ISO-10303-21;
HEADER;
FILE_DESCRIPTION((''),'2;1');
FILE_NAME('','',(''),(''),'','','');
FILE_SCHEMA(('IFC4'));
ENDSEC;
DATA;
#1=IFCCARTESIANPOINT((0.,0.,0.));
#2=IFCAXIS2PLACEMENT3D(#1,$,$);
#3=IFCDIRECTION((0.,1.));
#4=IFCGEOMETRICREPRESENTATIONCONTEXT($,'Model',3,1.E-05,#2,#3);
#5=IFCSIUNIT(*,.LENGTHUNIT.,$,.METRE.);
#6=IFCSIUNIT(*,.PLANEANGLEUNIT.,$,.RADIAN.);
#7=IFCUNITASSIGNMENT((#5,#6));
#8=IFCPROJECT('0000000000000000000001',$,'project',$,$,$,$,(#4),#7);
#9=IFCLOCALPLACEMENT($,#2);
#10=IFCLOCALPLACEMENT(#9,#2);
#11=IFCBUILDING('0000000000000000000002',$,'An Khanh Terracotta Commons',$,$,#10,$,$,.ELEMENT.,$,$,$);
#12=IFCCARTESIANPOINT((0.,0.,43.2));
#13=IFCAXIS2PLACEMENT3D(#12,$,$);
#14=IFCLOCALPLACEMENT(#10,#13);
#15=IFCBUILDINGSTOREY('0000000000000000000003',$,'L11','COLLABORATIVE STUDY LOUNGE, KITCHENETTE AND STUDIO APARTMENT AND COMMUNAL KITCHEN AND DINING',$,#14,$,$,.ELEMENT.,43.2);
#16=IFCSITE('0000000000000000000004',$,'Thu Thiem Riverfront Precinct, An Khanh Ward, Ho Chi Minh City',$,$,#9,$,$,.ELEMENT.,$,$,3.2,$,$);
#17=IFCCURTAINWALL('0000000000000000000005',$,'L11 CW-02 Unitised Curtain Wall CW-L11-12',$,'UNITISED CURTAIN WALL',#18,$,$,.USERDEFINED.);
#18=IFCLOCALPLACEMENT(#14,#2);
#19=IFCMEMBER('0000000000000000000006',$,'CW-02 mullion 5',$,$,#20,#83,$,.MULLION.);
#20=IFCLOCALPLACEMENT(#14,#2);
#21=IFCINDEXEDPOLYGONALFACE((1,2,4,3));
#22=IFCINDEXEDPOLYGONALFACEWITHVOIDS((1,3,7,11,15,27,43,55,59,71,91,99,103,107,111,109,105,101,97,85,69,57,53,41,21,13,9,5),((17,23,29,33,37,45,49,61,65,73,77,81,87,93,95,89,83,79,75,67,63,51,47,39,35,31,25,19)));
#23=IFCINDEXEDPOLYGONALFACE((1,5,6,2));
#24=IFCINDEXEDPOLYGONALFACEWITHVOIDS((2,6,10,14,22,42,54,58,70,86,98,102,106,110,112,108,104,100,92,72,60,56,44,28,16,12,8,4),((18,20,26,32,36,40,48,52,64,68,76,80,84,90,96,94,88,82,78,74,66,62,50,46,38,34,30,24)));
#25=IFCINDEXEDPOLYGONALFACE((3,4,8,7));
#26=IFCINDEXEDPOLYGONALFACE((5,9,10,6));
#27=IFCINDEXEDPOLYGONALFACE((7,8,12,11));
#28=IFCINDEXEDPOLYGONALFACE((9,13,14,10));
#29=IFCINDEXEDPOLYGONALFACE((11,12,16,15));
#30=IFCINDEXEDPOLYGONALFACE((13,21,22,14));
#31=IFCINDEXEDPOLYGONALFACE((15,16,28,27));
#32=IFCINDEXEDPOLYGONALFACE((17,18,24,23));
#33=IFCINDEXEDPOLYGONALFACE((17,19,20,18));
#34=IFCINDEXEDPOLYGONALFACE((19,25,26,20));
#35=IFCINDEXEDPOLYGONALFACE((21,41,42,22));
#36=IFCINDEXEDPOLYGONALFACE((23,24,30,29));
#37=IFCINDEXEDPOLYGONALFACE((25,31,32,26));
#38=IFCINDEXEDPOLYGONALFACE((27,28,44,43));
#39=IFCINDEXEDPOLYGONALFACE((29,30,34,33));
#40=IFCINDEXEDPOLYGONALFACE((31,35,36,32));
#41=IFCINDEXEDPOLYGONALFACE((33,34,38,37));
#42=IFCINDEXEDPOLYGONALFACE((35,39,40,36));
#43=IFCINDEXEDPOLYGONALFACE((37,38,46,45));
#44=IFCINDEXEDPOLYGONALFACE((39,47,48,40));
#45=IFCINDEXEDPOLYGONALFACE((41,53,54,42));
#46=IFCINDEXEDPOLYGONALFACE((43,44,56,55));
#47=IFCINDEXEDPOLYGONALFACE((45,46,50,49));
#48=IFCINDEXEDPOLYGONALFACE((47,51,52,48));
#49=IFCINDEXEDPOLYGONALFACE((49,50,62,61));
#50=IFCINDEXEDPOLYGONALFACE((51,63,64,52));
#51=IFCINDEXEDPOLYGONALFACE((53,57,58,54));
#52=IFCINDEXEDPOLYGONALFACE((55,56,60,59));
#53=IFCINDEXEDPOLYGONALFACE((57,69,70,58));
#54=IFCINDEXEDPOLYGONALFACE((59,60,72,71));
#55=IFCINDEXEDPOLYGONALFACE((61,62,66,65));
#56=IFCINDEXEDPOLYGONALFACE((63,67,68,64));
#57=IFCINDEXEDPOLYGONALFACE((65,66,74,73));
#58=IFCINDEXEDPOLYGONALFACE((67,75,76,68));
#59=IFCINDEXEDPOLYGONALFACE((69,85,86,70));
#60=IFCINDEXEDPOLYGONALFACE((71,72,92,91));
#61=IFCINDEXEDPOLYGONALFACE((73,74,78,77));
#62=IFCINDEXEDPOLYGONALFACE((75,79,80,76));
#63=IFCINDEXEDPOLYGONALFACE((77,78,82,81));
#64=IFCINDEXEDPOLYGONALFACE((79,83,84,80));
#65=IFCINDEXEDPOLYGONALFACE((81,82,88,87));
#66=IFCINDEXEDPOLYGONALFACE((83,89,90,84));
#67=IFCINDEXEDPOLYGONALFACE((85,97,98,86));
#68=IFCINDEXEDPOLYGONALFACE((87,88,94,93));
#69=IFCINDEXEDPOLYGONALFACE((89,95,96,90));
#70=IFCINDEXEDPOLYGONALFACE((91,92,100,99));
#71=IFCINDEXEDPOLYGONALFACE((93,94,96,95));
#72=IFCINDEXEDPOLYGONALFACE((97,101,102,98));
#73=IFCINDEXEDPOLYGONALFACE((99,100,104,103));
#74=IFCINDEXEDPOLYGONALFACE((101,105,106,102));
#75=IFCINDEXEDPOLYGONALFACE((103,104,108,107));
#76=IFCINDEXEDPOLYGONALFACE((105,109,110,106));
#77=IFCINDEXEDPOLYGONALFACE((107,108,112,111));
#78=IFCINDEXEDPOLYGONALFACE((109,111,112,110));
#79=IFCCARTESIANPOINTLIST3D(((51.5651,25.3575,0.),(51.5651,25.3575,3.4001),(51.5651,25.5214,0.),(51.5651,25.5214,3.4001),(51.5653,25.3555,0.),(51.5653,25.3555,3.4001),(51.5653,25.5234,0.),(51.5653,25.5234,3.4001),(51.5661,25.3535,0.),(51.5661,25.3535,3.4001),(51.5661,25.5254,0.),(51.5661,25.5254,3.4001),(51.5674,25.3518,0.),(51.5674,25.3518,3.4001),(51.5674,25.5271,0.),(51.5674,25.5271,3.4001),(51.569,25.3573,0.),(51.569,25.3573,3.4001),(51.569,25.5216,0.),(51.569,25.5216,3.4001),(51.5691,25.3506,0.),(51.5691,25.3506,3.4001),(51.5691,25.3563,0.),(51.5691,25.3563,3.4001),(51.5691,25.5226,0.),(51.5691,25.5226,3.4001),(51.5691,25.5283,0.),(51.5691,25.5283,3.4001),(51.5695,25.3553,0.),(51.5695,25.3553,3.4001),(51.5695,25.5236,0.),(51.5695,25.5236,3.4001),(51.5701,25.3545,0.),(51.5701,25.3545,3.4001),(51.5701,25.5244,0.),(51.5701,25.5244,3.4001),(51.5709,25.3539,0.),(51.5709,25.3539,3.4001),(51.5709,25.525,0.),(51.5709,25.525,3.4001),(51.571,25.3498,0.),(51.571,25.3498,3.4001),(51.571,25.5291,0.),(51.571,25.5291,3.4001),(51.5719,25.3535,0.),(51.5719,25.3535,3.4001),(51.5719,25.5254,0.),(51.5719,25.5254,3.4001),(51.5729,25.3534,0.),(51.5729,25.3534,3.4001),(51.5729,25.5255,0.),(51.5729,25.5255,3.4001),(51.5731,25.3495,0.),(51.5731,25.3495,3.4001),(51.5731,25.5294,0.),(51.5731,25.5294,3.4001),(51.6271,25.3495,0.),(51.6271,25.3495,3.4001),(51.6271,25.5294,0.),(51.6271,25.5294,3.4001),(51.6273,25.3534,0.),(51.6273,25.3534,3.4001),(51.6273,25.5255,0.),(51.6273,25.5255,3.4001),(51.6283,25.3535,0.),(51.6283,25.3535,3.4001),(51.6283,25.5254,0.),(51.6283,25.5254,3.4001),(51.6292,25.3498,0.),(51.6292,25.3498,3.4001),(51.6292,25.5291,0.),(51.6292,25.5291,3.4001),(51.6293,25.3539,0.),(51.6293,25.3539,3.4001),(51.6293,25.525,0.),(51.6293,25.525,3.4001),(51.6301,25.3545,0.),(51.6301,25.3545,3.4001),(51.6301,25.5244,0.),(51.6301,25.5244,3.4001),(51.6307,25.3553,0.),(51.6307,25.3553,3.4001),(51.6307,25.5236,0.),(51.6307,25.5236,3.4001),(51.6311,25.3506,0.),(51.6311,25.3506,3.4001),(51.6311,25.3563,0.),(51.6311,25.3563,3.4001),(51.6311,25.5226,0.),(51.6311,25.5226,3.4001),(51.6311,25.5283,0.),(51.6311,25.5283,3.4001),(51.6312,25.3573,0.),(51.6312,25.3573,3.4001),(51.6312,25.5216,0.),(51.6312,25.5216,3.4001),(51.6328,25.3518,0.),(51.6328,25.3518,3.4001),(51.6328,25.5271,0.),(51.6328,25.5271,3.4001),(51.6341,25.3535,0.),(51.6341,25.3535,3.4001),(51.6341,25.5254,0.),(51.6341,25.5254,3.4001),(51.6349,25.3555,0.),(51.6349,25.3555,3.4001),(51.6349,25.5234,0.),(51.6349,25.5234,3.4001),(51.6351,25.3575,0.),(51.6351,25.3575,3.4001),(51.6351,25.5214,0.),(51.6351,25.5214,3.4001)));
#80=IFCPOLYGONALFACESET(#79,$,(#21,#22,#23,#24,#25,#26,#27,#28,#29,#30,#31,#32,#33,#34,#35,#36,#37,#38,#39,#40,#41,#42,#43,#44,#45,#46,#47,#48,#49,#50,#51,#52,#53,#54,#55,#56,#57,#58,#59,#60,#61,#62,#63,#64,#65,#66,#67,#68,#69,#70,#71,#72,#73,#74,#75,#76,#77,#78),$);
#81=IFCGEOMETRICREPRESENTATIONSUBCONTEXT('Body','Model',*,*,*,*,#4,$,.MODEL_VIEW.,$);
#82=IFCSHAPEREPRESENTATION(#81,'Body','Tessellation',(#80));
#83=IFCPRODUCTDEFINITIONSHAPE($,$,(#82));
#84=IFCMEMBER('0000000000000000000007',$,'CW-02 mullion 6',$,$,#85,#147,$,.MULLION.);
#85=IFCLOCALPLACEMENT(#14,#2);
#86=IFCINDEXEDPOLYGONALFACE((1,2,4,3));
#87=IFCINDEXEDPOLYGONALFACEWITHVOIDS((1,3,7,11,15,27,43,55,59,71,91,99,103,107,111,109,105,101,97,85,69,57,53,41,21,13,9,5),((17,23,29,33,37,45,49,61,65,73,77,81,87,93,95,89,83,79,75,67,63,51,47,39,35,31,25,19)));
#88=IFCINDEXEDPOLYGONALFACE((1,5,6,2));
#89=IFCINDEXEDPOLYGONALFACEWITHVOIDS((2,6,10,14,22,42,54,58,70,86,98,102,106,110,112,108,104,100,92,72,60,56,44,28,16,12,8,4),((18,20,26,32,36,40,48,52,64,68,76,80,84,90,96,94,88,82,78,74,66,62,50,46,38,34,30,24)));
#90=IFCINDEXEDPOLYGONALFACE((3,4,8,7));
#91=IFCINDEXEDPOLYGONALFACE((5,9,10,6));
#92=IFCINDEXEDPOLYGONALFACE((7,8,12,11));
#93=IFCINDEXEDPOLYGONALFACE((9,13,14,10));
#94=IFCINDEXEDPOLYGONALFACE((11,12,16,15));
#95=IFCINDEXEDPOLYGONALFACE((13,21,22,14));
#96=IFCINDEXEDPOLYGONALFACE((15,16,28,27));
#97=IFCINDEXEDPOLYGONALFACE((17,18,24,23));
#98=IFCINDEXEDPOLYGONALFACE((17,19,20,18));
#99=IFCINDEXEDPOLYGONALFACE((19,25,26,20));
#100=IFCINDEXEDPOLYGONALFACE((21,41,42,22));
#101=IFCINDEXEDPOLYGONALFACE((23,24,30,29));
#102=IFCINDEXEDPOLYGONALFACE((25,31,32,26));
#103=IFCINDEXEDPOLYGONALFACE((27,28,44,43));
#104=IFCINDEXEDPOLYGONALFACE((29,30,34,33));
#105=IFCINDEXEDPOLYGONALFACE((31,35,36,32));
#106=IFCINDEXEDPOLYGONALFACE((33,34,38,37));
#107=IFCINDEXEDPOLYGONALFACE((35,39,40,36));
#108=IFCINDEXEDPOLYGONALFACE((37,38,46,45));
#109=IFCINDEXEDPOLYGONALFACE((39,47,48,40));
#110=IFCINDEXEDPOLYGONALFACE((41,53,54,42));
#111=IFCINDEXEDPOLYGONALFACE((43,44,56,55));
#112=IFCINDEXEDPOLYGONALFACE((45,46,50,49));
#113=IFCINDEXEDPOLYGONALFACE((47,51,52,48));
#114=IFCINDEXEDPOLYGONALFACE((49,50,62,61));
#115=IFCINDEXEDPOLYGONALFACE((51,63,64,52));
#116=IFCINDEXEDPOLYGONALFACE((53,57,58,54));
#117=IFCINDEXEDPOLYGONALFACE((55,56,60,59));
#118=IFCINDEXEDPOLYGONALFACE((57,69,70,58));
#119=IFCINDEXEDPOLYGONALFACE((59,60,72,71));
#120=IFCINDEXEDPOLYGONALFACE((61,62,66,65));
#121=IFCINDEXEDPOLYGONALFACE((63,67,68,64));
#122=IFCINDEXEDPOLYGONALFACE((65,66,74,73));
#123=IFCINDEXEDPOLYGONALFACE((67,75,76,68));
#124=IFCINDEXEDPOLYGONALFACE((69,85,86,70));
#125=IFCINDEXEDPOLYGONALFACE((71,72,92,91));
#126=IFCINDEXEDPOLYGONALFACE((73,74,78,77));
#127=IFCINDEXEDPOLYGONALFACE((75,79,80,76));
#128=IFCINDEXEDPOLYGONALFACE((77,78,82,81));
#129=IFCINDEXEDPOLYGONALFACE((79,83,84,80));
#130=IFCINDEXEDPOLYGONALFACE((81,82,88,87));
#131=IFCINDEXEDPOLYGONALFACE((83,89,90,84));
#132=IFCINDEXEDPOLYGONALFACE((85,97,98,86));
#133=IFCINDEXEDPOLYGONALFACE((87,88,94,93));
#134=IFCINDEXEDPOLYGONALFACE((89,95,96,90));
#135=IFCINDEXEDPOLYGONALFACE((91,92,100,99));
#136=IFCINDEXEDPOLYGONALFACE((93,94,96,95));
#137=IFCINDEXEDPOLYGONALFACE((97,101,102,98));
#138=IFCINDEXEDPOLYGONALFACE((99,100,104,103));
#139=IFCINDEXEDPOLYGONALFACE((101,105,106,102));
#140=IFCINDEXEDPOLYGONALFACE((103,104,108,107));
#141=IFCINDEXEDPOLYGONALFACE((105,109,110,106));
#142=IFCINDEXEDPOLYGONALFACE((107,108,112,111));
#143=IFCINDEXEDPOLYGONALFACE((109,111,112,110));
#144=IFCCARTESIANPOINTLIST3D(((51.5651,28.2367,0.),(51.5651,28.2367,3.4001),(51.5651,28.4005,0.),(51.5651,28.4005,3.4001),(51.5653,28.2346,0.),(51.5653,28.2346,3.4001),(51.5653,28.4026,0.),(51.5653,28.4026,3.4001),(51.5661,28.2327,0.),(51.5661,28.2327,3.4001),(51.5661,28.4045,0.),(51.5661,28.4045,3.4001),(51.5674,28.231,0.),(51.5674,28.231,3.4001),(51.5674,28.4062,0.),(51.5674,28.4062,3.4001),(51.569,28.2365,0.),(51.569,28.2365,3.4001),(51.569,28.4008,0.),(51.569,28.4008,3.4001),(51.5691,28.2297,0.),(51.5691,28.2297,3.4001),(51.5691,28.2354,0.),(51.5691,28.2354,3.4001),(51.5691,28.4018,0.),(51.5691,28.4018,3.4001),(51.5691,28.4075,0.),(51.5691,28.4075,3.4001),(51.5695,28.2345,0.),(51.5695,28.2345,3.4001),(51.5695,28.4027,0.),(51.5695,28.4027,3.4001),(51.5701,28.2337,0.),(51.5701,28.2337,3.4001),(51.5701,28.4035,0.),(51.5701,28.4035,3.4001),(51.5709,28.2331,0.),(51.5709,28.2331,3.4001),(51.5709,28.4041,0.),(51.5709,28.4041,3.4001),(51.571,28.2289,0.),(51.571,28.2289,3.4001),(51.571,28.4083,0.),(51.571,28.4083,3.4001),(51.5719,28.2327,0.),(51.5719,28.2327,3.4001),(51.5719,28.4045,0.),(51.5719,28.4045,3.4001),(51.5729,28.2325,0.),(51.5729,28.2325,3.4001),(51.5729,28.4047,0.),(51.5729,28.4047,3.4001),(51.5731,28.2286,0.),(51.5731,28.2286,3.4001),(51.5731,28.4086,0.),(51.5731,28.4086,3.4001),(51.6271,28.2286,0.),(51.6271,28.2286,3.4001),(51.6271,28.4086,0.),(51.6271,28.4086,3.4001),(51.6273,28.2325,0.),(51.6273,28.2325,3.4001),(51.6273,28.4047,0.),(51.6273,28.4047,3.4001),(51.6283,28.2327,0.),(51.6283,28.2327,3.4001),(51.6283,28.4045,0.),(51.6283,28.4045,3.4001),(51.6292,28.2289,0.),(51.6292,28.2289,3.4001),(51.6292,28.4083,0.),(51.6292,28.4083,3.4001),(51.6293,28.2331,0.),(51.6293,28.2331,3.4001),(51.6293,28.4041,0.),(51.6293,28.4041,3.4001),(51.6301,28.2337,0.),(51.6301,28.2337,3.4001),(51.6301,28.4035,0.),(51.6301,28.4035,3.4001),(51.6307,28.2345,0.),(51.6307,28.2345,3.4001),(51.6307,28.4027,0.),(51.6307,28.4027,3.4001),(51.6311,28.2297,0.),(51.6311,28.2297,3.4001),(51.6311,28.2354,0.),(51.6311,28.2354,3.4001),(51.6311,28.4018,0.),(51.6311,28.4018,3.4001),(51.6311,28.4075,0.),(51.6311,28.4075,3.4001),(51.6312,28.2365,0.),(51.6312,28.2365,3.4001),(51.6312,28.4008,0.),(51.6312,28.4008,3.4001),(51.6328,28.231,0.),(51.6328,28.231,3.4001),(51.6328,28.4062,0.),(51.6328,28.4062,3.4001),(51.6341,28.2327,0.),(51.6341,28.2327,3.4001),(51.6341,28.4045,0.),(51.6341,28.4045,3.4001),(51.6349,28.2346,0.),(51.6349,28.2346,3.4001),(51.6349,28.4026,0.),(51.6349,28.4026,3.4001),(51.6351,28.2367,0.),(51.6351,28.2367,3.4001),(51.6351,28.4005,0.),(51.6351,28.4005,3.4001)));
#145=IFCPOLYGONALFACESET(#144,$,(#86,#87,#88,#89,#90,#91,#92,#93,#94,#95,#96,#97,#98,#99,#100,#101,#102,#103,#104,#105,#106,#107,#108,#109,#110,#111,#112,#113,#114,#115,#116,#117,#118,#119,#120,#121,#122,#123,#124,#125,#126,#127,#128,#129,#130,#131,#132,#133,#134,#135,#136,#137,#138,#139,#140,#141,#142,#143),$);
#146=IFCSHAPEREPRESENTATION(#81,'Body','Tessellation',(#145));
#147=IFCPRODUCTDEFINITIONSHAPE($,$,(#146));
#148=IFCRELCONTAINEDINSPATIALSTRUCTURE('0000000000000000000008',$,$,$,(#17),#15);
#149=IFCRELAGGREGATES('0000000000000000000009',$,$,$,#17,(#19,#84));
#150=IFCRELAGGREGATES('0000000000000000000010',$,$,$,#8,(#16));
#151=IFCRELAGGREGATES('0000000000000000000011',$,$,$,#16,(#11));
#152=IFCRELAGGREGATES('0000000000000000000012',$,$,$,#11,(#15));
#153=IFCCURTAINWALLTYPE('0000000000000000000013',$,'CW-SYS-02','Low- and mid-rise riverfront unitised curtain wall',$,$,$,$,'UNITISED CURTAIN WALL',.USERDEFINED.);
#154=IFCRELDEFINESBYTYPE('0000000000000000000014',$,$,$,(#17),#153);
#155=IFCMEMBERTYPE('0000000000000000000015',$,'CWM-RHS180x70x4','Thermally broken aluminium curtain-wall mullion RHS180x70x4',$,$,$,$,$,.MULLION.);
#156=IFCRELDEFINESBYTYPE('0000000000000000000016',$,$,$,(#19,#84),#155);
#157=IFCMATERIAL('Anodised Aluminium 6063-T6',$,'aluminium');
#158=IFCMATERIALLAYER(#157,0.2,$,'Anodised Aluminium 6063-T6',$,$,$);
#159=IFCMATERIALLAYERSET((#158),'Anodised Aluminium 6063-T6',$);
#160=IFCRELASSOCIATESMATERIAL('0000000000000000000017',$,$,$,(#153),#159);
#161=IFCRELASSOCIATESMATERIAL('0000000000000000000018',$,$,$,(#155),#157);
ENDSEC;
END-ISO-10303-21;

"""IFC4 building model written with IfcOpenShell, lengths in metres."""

from ifc_helpers import new_model, si_unit, direction, frame, origin, origin_2d, place, context, subcontext, project, spatial, hollow_rectangle, extrude, material, layer, layer_set, material_profile, profile_set, type_object, element, aggregate, save


model = new_model("IFC4")

# Units and contexts
model_context = context("Model", 3, precision=1e-05, world=origin(), true_north=direction((0.0, 1.0)))
body_context = subcontext(model_context, "Body", "Model", "MODEL_VIEW")
ifc_project = project(units=[si_unit("LENGTHUNIT", "METRE"), si_unit("PLANEANGLEUNIT", "RADIAN")], contexts=[model_context])

# Site, building, storey
site_placement = place(None, origin())
site = spatial("IfcSite", under=ifc_project, at=site_placement, Name="Thu Thiem Riverfront Precinct, An Khanh Ward, Ho Chi Minh City", CompositionType="ELEMENT", RefElevation=3.2)
building_placement = place(site_placement, origin())
building = spatial("IfcBuilding", under=site, at=building_placement, Name="An Khanh Terracotta Commons", CompositionType="ELEMENT")
storey_placement = place(building_placement, frame((0.0, 0.0, 43.2)))
storey = spatial("IfcBuildingStorey", under=building, at=storey_placement, Name="L11", Description="COLLABORATIVE STUDY LOUNGE, KITCHENETTE AND STUDIO APARTMENT AND COMMUNAL KITCHEN AND DINING", CompositionType="ELEMENT", Elevation=43.2)

# Curtain wall, members
ifc_material_1 = material(Name="Anodised Aluminium 6063-T6", Category="aluminium")
ifc_layer_1 = layer(ifc_material_1, 0.2, Name="Anodised Aluminium 6063-T6")
ifc_layer_set_1 = layer_set([ifc_layer_1], Name="Anodised Aluminium 6063-T6")
curtain_wall_type = type_object("IfcCurtainWallType", Name="CW-SYS-02", Description="Low- and mid-rise riverfront unitised curtain wall", ElementType="UNITISED CURTAIN WALL", PredefinedType="USERDEFINED", material=ifc_layer_set_1)
curtain_wall_placement = place(storey_placement, origin())
curtain_wall = element("IfcCurtainWall", 1, at=curtain_wall_placement, inside=storey, type_object=curtain_wall_type, Name="L11 CW-02 Unitised Curtain Wall CW-L11-12", ObjectType="UNITISED CURTAIN WALL", PredefinedType="USERDEFINED")
ifc_material_profile_1 = material_profile(ifc_material_1, hollow_rectangle(XDim=0.0701, YDim=0.1799, WallThickness=0.0039, InnerFilletRadius=0.0039, OuterFilletRadius=0.0081, at=origin_2d()), Name="RHS180x70x4")
ifc_profile_set_1 = profile_set([ifc_material_profile_1], Name="Anodised Aluminium 6063-T6")
member_type_1 = type_object("IfcMemberType", Name="CWM-RHS180x70x4", Description="Thermally broken aluminium curtain-wall mullion RHS180x70x4", PredefinedType="MULLION", material=ifc_profile_set_1)
member_1_placement = place(storey_placement, frame((51.6001, 25.4395, 0.0), z_axis=(0.0, 0.0, 1.0), x_axis=(-1.0, 0.0, 0.0)))
member_1 = element("IfcMember", 2, at=member_1_placement, type_object=member_type_1, Name="CW-02 mullion 5", PredefinedType="MULLION", context=body_context, shape_type="SweptSolid", body=[
    extrude(hollow_rectangle(XDim=0.0701, YDim=0.1799, WallThickness=0.0039, InnerFilletRadius=0.0039, OuterFilletRadius=0.0081, at=origin_2d()), origin(), (0.0, 0.0, 1.0), 3.4001),
])
member_2_placement = place(storey_placement, frame((51.6001, 28.3186, 0.0), z_axis=(0.0, 0.0, 1.0), x_axis=(-1.0, 0.0, 0.0)))
member_2 = element("IfcMember", 3, at=member_2_placement, type_object=member_type_1, Name="CW-02 mullion 6", PredefinedType="MULLION", context=body_context, shape_type="SweptSolid", body=[
    extrude(hollow_rectangle(XDim=0.0701, YDim=0.1799, WallThickness=0.0039, InnerFilletRadius=0.0039, OuterFilletRadius=0.0081, at=origin_2d()), origin(), (0.0, 0.0, 1.0), 3.4001),
])
aggregate(curtain_wall, [member_1, member_2])

save(model, "model.ifc")
